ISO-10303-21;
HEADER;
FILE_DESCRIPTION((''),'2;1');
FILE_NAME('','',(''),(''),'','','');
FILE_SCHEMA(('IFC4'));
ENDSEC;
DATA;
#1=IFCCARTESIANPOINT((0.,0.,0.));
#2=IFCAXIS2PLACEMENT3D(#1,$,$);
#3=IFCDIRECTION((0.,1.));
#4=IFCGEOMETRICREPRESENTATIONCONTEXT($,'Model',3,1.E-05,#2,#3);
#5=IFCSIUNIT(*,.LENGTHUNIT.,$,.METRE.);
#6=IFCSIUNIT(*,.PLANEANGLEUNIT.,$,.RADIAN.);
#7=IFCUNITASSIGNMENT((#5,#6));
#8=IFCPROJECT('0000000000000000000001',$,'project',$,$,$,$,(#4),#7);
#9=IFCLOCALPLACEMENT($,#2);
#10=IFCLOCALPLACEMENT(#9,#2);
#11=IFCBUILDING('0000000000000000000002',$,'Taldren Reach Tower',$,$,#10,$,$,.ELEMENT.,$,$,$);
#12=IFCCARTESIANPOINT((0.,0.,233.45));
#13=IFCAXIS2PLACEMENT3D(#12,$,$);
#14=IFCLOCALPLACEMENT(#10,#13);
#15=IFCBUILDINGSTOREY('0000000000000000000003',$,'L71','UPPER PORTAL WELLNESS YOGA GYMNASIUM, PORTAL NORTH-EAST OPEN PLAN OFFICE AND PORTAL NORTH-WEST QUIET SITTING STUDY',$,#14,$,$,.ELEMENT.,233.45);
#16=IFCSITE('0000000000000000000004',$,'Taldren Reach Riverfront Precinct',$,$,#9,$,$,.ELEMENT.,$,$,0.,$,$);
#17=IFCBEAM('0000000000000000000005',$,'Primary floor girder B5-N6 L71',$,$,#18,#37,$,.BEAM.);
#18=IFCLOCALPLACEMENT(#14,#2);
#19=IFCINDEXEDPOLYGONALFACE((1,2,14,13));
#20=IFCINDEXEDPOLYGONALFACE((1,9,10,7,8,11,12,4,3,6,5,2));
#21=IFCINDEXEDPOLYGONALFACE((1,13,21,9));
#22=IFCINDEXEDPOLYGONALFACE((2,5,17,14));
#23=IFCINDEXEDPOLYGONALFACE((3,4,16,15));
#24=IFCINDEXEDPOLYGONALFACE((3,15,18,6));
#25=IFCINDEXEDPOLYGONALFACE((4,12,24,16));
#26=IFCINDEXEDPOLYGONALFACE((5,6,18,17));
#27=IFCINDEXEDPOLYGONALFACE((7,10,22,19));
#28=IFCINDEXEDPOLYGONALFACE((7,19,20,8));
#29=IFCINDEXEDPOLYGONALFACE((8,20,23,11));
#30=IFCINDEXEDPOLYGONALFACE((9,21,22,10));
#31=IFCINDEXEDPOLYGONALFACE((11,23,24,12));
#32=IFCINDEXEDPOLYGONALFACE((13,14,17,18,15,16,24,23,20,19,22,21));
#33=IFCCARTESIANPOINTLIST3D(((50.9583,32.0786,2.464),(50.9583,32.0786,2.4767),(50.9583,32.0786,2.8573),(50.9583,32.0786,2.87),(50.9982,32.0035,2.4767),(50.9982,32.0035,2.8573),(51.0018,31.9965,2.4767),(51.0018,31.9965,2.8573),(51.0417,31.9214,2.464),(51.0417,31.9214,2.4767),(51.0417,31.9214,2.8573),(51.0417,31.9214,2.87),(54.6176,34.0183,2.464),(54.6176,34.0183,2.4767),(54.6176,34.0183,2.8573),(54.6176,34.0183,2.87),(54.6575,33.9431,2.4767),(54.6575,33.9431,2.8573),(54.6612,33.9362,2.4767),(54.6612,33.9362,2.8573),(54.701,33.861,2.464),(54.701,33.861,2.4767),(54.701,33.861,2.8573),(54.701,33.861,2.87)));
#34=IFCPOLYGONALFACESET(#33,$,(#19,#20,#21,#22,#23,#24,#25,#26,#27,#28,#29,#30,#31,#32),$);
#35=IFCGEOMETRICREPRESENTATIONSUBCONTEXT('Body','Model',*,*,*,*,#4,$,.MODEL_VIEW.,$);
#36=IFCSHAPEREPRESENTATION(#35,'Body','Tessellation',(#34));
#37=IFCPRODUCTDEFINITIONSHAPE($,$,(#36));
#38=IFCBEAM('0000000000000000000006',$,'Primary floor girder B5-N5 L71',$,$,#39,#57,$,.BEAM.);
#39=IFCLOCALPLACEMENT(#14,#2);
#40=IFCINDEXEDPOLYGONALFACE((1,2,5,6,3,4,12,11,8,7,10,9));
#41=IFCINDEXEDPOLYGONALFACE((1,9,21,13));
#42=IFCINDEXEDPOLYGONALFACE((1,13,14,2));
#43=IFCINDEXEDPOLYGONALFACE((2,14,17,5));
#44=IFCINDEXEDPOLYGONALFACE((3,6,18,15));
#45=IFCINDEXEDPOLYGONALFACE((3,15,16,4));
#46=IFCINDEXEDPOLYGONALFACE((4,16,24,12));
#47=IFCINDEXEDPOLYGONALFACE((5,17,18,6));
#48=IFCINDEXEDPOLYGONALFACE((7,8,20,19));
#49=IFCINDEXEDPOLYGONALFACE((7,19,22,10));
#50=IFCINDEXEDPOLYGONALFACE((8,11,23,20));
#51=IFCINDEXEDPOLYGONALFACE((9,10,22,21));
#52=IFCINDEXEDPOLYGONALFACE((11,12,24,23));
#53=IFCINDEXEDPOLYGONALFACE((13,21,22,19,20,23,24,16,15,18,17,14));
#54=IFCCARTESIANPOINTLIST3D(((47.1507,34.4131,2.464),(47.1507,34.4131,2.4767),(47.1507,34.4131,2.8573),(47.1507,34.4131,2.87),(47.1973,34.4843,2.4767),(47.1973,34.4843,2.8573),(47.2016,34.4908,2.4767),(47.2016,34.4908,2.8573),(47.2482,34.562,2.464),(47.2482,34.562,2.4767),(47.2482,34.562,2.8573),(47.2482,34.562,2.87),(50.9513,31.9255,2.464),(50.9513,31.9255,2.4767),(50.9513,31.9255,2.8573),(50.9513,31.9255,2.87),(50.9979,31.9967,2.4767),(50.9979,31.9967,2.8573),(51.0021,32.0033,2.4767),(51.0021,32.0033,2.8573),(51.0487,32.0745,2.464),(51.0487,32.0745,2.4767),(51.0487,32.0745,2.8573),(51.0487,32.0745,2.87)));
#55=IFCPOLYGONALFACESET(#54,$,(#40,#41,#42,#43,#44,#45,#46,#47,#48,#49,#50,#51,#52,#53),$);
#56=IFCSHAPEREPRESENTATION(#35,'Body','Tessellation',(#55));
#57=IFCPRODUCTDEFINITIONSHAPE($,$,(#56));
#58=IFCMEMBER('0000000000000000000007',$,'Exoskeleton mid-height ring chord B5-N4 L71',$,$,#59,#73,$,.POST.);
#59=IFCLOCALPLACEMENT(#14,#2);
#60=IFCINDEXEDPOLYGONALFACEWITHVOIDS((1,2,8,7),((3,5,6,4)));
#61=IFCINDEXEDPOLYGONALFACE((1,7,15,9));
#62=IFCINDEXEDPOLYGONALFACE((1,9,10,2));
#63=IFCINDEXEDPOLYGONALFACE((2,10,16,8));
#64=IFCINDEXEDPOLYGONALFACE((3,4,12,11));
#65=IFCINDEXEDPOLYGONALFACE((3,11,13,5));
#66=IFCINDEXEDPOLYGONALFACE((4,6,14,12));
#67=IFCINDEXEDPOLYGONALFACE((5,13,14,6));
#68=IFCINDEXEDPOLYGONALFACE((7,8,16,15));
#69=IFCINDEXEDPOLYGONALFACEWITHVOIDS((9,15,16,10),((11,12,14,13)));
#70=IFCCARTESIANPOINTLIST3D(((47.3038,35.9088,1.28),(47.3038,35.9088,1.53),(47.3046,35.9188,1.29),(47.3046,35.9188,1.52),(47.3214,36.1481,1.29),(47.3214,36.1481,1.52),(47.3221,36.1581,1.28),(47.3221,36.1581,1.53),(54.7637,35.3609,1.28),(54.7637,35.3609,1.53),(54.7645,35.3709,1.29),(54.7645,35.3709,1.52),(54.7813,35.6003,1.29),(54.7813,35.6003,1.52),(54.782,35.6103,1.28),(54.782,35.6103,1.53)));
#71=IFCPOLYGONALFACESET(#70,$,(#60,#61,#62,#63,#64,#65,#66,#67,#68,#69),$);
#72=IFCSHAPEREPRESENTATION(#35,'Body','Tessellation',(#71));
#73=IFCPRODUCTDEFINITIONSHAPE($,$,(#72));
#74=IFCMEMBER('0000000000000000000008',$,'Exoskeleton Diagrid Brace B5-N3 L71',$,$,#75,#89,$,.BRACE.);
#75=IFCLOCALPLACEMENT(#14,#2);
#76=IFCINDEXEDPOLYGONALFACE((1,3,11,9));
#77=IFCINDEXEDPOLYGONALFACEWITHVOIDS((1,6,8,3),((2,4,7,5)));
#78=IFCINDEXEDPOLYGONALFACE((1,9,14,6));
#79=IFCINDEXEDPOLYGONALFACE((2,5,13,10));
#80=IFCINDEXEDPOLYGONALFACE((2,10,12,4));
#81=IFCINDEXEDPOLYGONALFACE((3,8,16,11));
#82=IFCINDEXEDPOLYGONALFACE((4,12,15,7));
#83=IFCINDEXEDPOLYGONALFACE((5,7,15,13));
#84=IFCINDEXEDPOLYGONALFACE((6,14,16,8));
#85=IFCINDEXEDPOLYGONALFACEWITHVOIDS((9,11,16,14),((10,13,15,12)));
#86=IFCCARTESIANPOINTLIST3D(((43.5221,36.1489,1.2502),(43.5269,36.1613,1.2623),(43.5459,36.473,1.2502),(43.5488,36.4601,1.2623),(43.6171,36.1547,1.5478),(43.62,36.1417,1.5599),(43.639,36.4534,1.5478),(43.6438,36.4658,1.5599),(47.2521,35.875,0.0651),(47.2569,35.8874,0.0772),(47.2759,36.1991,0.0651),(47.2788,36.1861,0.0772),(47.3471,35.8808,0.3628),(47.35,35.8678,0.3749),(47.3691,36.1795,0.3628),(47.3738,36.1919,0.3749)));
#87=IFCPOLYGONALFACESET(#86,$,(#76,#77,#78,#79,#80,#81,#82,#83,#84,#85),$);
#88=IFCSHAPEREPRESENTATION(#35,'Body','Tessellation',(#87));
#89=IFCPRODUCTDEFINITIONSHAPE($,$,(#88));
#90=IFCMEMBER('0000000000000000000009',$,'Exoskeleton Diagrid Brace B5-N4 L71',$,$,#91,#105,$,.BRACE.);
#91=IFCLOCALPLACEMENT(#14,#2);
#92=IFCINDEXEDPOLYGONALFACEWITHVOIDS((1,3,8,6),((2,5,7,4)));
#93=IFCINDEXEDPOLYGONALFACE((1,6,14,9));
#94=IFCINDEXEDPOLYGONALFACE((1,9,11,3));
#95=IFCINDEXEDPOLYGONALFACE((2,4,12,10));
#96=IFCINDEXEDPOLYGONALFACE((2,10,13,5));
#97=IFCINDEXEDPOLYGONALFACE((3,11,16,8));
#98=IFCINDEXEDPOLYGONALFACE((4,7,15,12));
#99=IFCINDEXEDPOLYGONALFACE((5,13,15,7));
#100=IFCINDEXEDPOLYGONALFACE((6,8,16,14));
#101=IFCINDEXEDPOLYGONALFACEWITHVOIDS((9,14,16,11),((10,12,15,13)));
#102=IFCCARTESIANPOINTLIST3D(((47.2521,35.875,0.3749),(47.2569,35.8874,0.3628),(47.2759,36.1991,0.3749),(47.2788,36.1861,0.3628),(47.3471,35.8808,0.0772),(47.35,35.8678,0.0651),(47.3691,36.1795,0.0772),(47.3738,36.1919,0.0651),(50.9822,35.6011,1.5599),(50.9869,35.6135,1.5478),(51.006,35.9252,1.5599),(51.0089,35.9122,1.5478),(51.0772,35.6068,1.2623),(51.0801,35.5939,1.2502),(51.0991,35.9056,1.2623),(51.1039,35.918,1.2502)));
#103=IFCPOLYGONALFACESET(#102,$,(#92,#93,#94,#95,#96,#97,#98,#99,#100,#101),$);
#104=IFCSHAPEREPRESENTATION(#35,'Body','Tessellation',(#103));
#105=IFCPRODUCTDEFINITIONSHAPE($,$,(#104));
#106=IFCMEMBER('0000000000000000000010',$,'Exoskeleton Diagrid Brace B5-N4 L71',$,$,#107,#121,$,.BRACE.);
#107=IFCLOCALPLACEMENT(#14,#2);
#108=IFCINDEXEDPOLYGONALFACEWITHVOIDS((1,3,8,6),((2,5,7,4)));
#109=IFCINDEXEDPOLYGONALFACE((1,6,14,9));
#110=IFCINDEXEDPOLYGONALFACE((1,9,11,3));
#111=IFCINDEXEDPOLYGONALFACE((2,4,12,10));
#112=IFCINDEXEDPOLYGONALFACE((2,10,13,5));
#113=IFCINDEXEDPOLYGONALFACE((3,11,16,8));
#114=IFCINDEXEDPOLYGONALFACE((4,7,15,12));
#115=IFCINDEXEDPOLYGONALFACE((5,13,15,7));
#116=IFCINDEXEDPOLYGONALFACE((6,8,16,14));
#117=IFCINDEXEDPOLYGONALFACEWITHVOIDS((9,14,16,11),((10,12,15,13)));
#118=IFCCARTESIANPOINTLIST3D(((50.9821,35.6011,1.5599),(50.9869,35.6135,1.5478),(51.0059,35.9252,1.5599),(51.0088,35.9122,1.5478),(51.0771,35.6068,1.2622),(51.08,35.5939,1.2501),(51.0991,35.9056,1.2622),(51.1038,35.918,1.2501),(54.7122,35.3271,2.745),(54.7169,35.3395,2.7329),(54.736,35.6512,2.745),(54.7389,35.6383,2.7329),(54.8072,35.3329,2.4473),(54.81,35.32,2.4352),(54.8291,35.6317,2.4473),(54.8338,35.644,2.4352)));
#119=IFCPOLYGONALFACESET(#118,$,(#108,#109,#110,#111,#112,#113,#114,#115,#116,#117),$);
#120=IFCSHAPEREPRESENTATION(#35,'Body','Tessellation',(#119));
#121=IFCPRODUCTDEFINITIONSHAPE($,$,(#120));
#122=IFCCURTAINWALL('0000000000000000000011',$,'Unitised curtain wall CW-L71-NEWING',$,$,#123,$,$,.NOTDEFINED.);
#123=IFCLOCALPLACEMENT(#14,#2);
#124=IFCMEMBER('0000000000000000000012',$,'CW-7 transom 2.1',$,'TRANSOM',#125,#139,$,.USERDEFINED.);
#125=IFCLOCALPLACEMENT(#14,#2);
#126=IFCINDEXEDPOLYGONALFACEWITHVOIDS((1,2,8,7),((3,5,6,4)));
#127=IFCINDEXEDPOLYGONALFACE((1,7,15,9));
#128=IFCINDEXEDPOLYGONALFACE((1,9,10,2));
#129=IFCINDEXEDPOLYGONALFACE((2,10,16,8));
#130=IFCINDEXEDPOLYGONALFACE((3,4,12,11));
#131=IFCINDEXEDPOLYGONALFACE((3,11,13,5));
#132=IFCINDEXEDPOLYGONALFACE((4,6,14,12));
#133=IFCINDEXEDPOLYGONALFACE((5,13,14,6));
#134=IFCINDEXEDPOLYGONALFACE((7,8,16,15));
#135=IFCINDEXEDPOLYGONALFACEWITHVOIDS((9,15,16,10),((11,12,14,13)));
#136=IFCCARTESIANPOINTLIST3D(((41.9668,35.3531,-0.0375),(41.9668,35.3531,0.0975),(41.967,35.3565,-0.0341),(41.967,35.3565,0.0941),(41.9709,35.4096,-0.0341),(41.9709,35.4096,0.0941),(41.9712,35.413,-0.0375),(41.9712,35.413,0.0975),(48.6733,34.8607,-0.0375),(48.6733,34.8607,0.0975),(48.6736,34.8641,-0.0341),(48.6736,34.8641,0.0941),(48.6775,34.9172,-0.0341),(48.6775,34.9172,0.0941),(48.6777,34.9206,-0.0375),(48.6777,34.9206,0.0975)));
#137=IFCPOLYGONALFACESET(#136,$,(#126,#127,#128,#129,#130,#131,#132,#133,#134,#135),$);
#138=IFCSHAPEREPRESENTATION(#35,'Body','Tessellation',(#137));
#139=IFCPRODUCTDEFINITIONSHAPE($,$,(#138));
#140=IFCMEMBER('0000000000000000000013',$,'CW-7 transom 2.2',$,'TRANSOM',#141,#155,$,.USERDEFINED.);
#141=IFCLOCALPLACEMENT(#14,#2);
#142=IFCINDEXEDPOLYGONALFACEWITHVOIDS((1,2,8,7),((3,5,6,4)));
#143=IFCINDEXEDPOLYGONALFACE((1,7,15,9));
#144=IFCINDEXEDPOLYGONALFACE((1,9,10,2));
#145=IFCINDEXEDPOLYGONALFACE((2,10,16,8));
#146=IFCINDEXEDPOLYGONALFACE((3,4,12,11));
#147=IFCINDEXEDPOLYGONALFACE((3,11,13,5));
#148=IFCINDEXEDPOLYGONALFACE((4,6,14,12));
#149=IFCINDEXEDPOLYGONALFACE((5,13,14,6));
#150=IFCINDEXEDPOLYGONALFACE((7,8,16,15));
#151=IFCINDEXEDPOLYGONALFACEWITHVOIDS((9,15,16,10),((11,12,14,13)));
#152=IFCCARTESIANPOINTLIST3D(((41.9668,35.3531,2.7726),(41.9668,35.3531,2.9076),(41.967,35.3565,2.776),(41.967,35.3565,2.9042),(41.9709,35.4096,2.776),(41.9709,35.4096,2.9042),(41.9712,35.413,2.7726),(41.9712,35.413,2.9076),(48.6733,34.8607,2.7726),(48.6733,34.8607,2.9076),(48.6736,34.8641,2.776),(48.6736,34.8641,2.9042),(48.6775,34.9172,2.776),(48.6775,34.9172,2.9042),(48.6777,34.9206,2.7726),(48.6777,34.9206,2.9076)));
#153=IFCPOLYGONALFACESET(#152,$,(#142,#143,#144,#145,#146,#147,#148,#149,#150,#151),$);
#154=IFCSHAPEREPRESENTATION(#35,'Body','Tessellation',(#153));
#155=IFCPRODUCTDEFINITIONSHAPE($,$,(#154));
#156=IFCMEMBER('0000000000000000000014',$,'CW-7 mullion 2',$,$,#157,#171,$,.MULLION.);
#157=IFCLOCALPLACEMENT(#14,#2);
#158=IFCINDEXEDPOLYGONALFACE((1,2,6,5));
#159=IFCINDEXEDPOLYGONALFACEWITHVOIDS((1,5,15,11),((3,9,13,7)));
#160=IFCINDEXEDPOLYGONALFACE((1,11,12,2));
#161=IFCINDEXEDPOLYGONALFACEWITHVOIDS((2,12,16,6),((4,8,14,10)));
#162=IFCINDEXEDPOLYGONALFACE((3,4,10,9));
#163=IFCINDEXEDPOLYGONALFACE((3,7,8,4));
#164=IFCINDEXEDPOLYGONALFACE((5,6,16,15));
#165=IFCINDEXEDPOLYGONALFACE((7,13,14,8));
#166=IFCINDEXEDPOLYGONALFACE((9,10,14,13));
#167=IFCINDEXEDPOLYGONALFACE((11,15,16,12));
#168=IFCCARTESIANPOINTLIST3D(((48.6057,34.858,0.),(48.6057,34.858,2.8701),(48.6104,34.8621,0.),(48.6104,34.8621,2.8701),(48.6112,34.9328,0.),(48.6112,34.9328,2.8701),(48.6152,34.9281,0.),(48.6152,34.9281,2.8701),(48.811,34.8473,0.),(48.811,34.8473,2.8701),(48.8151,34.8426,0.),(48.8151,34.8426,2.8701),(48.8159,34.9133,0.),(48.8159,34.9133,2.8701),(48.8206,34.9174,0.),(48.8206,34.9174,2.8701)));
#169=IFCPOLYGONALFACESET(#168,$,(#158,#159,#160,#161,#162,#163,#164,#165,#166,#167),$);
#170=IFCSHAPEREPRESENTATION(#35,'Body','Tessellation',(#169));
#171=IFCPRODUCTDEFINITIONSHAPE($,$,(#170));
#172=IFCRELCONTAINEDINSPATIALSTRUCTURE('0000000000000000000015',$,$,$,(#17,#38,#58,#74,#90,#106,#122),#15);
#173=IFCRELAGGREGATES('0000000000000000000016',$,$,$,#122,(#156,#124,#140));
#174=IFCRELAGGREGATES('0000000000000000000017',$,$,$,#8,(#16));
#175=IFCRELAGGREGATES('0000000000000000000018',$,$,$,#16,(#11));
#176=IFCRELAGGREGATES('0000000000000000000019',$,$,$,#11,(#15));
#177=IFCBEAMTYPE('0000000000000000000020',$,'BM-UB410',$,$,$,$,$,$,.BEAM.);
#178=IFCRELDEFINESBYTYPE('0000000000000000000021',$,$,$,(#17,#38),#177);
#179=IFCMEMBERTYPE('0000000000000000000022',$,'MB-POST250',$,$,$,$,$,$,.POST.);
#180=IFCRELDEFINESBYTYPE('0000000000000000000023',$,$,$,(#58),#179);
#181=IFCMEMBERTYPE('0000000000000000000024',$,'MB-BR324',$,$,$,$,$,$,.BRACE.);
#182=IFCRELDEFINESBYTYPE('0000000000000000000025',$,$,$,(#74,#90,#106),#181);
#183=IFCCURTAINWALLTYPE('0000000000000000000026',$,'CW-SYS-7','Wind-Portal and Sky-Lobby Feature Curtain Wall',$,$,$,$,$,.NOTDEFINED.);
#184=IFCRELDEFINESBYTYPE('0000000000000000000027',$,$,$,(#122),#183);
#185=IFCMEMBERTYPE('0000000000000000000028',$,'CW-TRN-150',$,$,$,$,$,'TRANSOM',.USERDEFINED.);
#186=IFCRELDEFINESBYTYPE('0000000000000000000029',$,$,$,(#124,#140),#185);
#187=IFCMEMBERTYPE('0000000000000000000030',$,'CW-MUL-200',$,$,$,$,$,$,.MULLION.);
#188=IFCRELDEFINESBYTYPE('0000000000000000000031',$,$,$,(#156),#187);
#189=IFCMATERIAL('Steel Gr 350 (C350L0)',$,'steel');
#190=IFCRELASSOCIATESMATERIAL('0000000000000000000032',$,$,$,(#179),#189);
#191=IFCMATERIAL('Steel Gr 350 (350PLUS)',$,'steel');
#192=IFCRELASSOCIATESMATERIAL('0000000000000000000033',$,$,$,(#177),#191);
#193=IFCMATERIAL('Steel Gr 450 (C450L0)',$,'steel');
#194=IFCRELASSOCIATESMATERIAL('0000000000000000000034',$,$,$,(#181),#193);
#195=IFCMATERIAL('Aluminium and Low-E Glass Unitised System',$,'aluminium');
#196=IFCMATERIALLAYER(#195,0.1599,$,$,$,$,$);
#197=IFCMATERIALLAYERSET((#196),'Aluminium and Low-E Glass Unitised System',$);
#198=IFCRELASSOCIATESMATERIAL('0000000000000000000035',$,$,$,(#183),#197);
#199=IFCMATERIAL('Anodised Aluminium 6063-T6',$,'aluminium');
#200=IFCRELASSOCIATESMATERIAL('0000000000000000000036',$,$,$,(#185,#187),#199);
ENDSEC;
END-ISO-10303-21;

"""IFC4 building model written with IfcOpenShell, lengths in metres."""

from ifc_helpers import new_model, si_unit, direction, frame, origin, origin_2d, place, context, subcontext, project, spatial, hollow_rectangle, i_section, extrude, source, transform, mapped, material, layer, layer_set, material_profile, profile_set, type_object, element, aggregate, save


model = new_model("IFC4")

# Units and contexts
model_context = context("Model", 3, precision=1e-05, world=origin(), true_north=direction((0.0, 1.0)))
body_context = subcontext(model_context, "Body", "Model", "MODEL_VIEW")
ifc_project = project(units=[si_unit("LENGTHUNIT", "METRE"), si_unit("PLANEANGLEUNIT", "RADIAN")], contexts=[model_context])

# Site, building, storey
site_placement = place(None, origin())
site = spatial("IfcSite", under=ifc_project, at=site_placement, Name="Taldren Reach Riverfront Precinct", CompositionType="ELEMENT", RefElevation=0.0)
building_placement = place(site_placement, origin())
building = spatial("IfcBuilding", under=site, at=building_placement, Name="Taldren Reach Tower", CompositionType="ELEMENT")
storey_placement = place(building_placement, frame((0.0, 0.0, 233.45)))
storey = spatial("IfcBuildingStorey", under=building, at=storey_placement, Name="L71", Description="UPPER PORTAL WELLNESS YOGA GYMNASIUM, PORTAL NORTH-EAST OPEN PLAN OFFICE AND PORTAL NORTH-WEST QUIET SITTING STUDY", CompositionType="ELEMENT", Elevation=233.45)

# Shared definitions
ifc_material_1 = material(Name="Steel Gr 450 (C450L0)", Category="steel")
ifc_material_2 = material(Name="Steel Gr 350 (350PLUS)", Category="steel")

# Shared definitions
ifc_material_3 = material(Name="Steel Gr 350 (C350L0)", Category="steel")
ifc_material_profile_1 = material_profile(ifc_material_3, hollow_rectangle(XDim=0.25, YDim=0.25, WallThickness=0.01, at=origin_2d()), Name="250x250x10.0SHS")
ifc_profile_set_1 = profile_set([ifc_material_profile_1], Name="Steel Gr 350 (C350L0)")
member_type_1 = type_object("IfcMemberType", Name="MB-POST250", PredefinedType="POST", material=ifc_profile_set_1)

# Beams
ifc_material_profile_2 = material_profile(ifc_material_2, i_section(OverallWidth=0.178, OverallDepth=0.406, WebThickness=0.0078, FlangeThickness=0.0127, at=origin_2d()), Name="410UB59.7")
ifc_profile_set_2 = profile_set([ifc_material_profile_2], Name="Steel Gr 350 (350PLUS)")
beam_type_1 = type_object("IfcBeamType", Name="BM-UB410", PredefinedType="BEAM", material=ifc_profile_set_2)
shared_shape_1 = source(origin(), body_context, "Body", "SweptSolid", [
    extrude(i_section(OverallWidth=0.178, OverallDepth=0.406, WebThickness=0.0078, FlangeThickness=0.0127, at=origin_2d()), origin(), (0.0, 0.0, 1.0), 4.1416),
])
beam_1_placement = place(storey_placement, frame((51.0, 32.0, 2.667), z_axis=(0.883553, 0.468332, 0.0), x_axis=(-0.468332, 0.883553, 0.0)))
element("IfcBeam", 1, at=beam_1_placement, inside=storey, type_object=beam_type_1, Name="Primary floor girder B5-N6 L71", PredefinedType="BEAM", context=body_context, shape_type="MappedRepresentation", body=[
    mapped(shared_shape_1, transform((0.0, 0.0, 0.0), scale=1.0)),
])
shared_shape_2 = source(origin(), body_context, "Body", "SweptSolid", [
    extrude(i_section(OverallWidth=0.178, OverallDepth=0.406, WebThickness=0.0078, FlangeThickness=0.0127, at=origin_2d()), origin(), (0.0, 0.0, 1.0), 4.5422),
])
beam_2_placement = place(storey_placement, frame((51.0, 32.0, 2.667), z_axis=(-0.836709, 0.547648, 0.0), x_axis=(-0.547648, -0.836709, 0.0)))
element("IfcBeam", 2, at=beam_2_placement, inside=storey, type_object=beam_type_1, Name="Primary floor girder B5-N5 L71", PredefinedType="BEAM", context=body_context, shape_type="MappedRepresentation", body=[
    mapped(shared_shape_2, transform((0.0, 0.0, 0.0), scale=1.0)),
])

# Members
shared_shape_3 = source(origin(), body_context, "Body", "SweptSolid", [
    extrude(hollow_rectangle(XDim=0.25, YDim=0.25, WallThickness=0.01, at=origin_2d()), origin(), (0.0, 0.0, 1.0), 7.48),
])
member_1_placement = place(storey_placement, frame((47.313, 36.0334, 1.405), z_axis=(0.997314, -0.073242, 0.0), x_axis=(0.073242, 0.997314, 0.0)))
element("IfcMember", 3, at=member_1_placement, inside=storey, type_object=member_type_1, Name="Exoskeleton mid-height ring chord B5-N4 L71", PredefinedType="POST", context=body_context, shape_type="MappedRepresentation", body=[
    mapped(shared_shape_3, transform((0.0, 0.0, 0.0), scale=1.0)),
])
ifc_material_profile_3 = material_profile(ifc_material_1, hollow_rectangle(XDim=0.325, YDim=0.325, WallThickness=0.0127, at=origin_2d()), Name="325x325x12.7SHS")
ifc_profile_set_3 = profile_set([ifc_material_profile_3], Name="Steel Gr 450 (C450L0)")
member_type_2 = type_object("IfcMemberType", Name="MB-BR324", PredefinedType="BRACE", material=ifc_profile_set_3)
shared_shape_4 = source(origin(), body_context, "Body", "SweptSolid", [
    extrude(hollow_rectangle(XDim=0.325, YDim=0.325, WallThickness=0.0127, at=origin_2d()), origin(), (0.0, 0.0, 1.0), 3.9233),
])
for number, where, z_axis, x_axis, name in (
    (4, (47.313, 36.0334, 0.22), (-0.950729, 0.069821, 0.302058), (-0.073242, -0.997314, 0.0), "Exoskeleton Diagrid Brace B5-N3 L71"),
    (5, (47.313, 36.0334, 0.22), (0.950729, -0.069821, 0.302058), (0.073242, 0.997314, 0.0), "Exoskeleton Diagrid Brace B5-N4 L71"),
    (6, (51.043, 35.7595, 1.405), (0.950729, -0.069821, 0.302058), (0.073242, 0.997314, 0.0), "Exoskeleton Diagrid Brace B5-N4 L71"),
):
    element("IfcMember", number, at=place(storey_placement, frame(where, z_axis=z_axis, x_axis=x_axis)), inside=storey, type_object=member_type_2, Name=name, PredefinedType="BRACE", context=body_context, shape_type="MappedRepresentation", body=[
        mapped(shared_shape_4, transform((0.0, 0.0, 0.0), scale=1.0)),
    ])

# Curtain wall, members
ifc_material_4 = material(Name="Aluminium and Low-E Glass Unitised System", Category="aluminium")
ifc_layer_1 = layer(ifc_material_4, 0.1599)
ifc_layer_set_1 = layer_set([ifc_layer_1], Name="Aluminium and Low-E Glass Unitised System")
curtain_wall_type = type_object("IfcCurtainWallType", Name="CW-SYS-7", Description="Wind-Portal and Sky-Lobby Feature Curtain Wall", PredefinedType="NOTDEFINED", material=ifc_layer_set_1)
curtain_wall_placement = place(storey_placement, origin())
curtain_wall = element("IfcCurtainWall", 7, at=curtain_wall_placement, inside=storey, type_object=curtain_wall_type, Name="Unitised curtain wall CW-L71-NEWING", PredefinedType="NOTDEFINED")
ifc_material_5 = material(Name="Anodised Aluminium 6063-T6", Category="aluminium")
ifc_material_profile_4 = material_profile(ifc_material_5, hollow_rectangle(XDim=0.0601, YDim=0.135, WallThickness=0.0034, at=origin_2d()), Name="ALU-135x60x3.5RHS")
ifc_profile_set_4 = profile_set([ifc_material_profile_4], Name="Anodised Aluminium 6063-T6")
member_type_3 = type_object("IfcMemberType", Name="CW-TRN-150", ElementType="TRANSOM", PredefinedType="USERDEFINED", material=ifc_profile_set_4)
shared_shape_5 = source(origin(), body_context, "Body", "SweptSolid", [
    extrude(hollow_rectangle(XDim=0.0601, YDim=0.135, WallThickness=0.0034, at=origin_2d()), origin(), (0.0, 0.0, 1.0), 6.7246),
])
member_2_placement = place(storey_placement, frame((48.6755, 34.8906, 0.03), z_axis=(-0.997315, 0.073228, 0.0), x_axis=(-0.073228, -0.997315, 0.0)))
member_2 = element("IfcMember", 8, at=member_2_placement, type_object=member_type_3, Name="CW-7 transom 2.1", ObjectType="TRANSOM", PredefinedType="USERDEFINED", context=body_context, shape_type="MappedRepresentation", body=[
    mapped(shared_shape_5, transform((0.0, 0.0, 0.0), scale=1.0)),
])
member_3_placement = place(storey_placement, frame((48.6755, 34.8906, 2.8401), z_axis=(-0.997315, 0.073228, 0.0), x_axis=(-0.073228, -0.997315, 0.0)))
member_3 = element("IfcMember", 9, at=member_3_placement, type_object=member_type_3, Name="CW-7 transom 2.2", ObjectType="TRANSOM", PredefinedType="USERDEFINED", context=body_context, shape_type="MappedRepresentation", body=[
    mapped(shared_shape_5, transform((0.0, 0.0, 0.0), scale=1.0)),
])
ifc_material_profile_5 = material_profile(ifc_material_5, hollow_rectangle(XDim=0.075, YDim=0.21, WallThickness=0.0044, at=origin_2d()), Name="ALU-210x75x4.5RHS")
ifc_profile_set_5 = profile_set([ifc_material_profile_5], Name="Anodised Aluminium 6063-T6")
member_type_4 = type_object("IfcMemberType", Name="CW-MUL-200", PredefinedType="MULLION", material=ifc_profile_set_5)
shared_shape_6 = source(origin(), body_context, "Body", "SweptSolid", [
    extrude(hollow_rectangle(XDim=0.075, YDim=0.21, WallThickness=0.0044, at=origin_2d()), origin(), (0.0, 0.0, 1.0), 2.8701),
])
member_4_placement = place(storey_placement, frame((48.7131, 34.8877, 0.0), z_axis=(0.0, 0.0, 1.0), x_axis=(-0.073238, -0.997314, 0.0)))
member_4 = element("IfcMember", 10, at=member_4_placement, type_object=member_type_4, Name="CW-7 mullion 2", PredefinedType="MULLION", context=body_context, shape_type="MappedRepresentation", body=[
    mapped(shared_shape_6, transform((0.0, 0.0, 0.0), scale=1.0)),
])

aggregate(curtain_wall, [member_4, member_2, member_3])

save(model, "model.ifc")
